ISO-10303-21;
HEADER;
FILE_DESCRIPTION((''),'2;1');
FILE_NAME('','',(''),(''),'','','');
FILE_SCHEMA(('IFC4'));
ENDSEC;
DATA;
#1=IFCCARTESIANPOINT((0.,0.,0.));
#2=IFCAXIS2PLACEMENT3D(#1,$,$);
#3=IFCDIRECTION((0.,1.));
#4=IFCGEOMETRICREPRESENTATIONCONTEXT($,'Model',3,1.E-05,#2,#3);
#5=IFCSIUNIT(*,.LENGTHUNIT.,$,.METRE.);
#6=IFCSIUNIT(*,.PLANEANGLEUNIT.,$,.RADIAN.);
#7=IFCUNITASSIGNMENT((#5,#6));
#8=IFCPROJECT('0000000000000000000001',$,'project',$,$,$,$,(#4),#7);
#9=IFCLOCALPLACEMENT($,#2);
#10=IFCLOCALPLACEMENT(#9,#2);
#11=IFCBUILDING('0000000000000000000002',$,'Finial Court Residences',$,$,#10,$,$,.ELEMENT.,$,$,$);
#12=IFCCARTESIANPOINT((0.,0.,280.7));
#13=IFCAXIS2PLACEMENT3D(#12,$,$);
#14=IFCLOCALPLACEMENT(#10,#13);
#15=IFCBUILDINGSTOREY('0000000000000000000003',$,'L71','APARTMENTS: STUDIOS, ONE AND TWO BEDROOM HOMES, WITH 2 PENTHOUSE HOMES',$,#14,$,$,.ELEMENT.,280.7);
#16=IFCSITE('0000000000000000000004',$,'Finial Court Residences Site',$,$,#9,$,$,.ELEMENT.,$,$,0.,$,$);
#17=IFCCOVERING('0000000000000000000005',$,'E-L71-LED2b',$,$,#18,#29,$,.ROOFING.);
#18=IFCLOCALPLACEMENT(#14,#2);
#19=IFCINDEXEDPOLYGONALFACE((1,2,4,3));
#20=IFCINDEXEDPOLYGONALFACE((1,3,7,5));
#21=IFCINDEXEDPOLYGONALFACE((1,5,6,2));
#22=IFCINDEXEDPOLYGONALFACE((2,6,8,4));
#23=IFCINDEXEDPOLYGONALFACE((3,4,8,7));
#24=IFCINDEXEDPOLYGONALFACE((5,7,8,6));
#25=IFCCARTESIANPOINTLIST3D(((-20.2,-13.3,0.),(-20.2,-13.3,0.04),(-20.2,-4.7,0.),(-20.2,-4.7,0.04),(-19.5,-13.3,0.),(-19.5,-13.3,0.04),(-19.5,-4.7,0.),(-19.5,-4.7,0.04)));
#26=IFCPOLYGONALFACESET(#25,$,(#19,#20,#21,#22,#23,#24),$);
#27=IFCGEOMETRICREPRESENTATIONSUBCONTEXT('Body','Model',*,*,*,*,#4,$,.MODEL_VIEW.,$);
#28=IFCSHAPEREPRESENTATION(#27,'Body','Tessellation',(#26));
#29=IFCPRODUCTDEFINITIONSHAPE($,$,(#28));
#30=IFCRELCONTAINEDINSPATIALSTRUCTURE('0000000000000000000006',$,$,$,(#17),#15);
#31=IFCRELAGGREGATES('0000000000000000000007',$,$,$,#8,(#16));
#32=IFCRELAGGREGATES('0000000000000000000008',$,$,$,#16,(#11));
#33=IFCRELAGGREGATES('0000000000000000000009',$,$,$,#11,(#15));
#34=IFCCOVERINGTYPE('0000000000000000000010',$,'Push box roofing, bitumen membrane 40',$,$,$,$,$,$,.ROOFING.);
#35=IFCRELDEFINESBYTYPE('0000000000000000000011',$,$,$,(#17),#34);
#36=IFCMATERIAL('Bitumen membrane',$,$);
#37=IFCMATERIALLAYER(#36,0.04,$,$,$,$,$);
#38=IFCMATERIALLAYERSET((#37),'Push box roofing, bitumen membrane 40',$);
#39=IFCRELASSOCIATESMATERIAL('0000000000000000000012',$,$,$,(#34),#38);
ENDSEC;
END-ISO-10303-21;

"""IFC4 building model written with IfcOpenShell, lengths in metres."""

from ifc_helpers import new_model, si_unit, direction, frame, origin, place, context, subcontext, project, spatial, polyline, outline, extrude, material, layer, layer_set, type_object, element, save


model = new_model("IFC4")

# Units and contexts
model_context = context("Model", 3, precision=1e-05, world=origin(), true_north=direction((0.0, 1.0)))
body_context = subcontext(model_context, "Body", "Model", "MODEL_VIEW")
ifc_project = project(units=[si_unit("LENGTHUNIT", "METRE"), si_unit("PLANEANGLEUNIT", "RADIAN")], contexts=[model_context])

# Site, building, storey
site_placement = place(None, origin())
site = spatial("IfcSite", under=ifc_project, at=site_placement, Name="Finial Court Residences Site", CompositionType="ELEMENT", RefElevation=0.0)
building_placement = place(site_placement, origin())
building = spatial("IfcBuilding", under=site, at=building_placement, Name="Finial Court Residences", CompositionType="ELEMENT")
storey_placement = place(building_placement, frame((0.0, 0.0, 280.7)))
storey = spatial("IfcBuildingStorey", under=building, at=storey_placement, Name="L71", Description="APARTMENTS: STUDIOS, ONE AND TWO BEDROOM HOMES, WITH 2 PENTHOUSE HOMES", CompositionType="ELEMENT", Elevation=280.7)

# Covering
ifc_material_1 = material(Name="Bitumen membrane")
ifc_layer_1 = layer(ifc_material_1, 0.04)
ifc_layer_set_1 = layer_set([ifc_layer_1], Name="Push box roofing, bitumen membrane 40")
covering_type_1 = type_object("IfcCoveringType", Name="Push box roofing, bitumen membrane 40", PredefinedType="ROOFING", material=ifc_layer_set_1)
covering_1_placement = place(storey_placement, origin())
element("IfcCovering", 1, at=covering_1_placement, inside=storey, type_object=covering_type_1, Name="E-L71-LED2b", PredefinedType="ROOFING", context=body_context, shape_type="SweptSolid", body=[
    extrude(outline(polyline([(-19.5, -13.3), (-20.2, -13.3), (-20.2, -4.7), (-19.5, -4.7), (-19.5, -13.3)])), origin(), (0.0, 0.0, 1.0), 0.04),
])

save(model, "model.ifc")
